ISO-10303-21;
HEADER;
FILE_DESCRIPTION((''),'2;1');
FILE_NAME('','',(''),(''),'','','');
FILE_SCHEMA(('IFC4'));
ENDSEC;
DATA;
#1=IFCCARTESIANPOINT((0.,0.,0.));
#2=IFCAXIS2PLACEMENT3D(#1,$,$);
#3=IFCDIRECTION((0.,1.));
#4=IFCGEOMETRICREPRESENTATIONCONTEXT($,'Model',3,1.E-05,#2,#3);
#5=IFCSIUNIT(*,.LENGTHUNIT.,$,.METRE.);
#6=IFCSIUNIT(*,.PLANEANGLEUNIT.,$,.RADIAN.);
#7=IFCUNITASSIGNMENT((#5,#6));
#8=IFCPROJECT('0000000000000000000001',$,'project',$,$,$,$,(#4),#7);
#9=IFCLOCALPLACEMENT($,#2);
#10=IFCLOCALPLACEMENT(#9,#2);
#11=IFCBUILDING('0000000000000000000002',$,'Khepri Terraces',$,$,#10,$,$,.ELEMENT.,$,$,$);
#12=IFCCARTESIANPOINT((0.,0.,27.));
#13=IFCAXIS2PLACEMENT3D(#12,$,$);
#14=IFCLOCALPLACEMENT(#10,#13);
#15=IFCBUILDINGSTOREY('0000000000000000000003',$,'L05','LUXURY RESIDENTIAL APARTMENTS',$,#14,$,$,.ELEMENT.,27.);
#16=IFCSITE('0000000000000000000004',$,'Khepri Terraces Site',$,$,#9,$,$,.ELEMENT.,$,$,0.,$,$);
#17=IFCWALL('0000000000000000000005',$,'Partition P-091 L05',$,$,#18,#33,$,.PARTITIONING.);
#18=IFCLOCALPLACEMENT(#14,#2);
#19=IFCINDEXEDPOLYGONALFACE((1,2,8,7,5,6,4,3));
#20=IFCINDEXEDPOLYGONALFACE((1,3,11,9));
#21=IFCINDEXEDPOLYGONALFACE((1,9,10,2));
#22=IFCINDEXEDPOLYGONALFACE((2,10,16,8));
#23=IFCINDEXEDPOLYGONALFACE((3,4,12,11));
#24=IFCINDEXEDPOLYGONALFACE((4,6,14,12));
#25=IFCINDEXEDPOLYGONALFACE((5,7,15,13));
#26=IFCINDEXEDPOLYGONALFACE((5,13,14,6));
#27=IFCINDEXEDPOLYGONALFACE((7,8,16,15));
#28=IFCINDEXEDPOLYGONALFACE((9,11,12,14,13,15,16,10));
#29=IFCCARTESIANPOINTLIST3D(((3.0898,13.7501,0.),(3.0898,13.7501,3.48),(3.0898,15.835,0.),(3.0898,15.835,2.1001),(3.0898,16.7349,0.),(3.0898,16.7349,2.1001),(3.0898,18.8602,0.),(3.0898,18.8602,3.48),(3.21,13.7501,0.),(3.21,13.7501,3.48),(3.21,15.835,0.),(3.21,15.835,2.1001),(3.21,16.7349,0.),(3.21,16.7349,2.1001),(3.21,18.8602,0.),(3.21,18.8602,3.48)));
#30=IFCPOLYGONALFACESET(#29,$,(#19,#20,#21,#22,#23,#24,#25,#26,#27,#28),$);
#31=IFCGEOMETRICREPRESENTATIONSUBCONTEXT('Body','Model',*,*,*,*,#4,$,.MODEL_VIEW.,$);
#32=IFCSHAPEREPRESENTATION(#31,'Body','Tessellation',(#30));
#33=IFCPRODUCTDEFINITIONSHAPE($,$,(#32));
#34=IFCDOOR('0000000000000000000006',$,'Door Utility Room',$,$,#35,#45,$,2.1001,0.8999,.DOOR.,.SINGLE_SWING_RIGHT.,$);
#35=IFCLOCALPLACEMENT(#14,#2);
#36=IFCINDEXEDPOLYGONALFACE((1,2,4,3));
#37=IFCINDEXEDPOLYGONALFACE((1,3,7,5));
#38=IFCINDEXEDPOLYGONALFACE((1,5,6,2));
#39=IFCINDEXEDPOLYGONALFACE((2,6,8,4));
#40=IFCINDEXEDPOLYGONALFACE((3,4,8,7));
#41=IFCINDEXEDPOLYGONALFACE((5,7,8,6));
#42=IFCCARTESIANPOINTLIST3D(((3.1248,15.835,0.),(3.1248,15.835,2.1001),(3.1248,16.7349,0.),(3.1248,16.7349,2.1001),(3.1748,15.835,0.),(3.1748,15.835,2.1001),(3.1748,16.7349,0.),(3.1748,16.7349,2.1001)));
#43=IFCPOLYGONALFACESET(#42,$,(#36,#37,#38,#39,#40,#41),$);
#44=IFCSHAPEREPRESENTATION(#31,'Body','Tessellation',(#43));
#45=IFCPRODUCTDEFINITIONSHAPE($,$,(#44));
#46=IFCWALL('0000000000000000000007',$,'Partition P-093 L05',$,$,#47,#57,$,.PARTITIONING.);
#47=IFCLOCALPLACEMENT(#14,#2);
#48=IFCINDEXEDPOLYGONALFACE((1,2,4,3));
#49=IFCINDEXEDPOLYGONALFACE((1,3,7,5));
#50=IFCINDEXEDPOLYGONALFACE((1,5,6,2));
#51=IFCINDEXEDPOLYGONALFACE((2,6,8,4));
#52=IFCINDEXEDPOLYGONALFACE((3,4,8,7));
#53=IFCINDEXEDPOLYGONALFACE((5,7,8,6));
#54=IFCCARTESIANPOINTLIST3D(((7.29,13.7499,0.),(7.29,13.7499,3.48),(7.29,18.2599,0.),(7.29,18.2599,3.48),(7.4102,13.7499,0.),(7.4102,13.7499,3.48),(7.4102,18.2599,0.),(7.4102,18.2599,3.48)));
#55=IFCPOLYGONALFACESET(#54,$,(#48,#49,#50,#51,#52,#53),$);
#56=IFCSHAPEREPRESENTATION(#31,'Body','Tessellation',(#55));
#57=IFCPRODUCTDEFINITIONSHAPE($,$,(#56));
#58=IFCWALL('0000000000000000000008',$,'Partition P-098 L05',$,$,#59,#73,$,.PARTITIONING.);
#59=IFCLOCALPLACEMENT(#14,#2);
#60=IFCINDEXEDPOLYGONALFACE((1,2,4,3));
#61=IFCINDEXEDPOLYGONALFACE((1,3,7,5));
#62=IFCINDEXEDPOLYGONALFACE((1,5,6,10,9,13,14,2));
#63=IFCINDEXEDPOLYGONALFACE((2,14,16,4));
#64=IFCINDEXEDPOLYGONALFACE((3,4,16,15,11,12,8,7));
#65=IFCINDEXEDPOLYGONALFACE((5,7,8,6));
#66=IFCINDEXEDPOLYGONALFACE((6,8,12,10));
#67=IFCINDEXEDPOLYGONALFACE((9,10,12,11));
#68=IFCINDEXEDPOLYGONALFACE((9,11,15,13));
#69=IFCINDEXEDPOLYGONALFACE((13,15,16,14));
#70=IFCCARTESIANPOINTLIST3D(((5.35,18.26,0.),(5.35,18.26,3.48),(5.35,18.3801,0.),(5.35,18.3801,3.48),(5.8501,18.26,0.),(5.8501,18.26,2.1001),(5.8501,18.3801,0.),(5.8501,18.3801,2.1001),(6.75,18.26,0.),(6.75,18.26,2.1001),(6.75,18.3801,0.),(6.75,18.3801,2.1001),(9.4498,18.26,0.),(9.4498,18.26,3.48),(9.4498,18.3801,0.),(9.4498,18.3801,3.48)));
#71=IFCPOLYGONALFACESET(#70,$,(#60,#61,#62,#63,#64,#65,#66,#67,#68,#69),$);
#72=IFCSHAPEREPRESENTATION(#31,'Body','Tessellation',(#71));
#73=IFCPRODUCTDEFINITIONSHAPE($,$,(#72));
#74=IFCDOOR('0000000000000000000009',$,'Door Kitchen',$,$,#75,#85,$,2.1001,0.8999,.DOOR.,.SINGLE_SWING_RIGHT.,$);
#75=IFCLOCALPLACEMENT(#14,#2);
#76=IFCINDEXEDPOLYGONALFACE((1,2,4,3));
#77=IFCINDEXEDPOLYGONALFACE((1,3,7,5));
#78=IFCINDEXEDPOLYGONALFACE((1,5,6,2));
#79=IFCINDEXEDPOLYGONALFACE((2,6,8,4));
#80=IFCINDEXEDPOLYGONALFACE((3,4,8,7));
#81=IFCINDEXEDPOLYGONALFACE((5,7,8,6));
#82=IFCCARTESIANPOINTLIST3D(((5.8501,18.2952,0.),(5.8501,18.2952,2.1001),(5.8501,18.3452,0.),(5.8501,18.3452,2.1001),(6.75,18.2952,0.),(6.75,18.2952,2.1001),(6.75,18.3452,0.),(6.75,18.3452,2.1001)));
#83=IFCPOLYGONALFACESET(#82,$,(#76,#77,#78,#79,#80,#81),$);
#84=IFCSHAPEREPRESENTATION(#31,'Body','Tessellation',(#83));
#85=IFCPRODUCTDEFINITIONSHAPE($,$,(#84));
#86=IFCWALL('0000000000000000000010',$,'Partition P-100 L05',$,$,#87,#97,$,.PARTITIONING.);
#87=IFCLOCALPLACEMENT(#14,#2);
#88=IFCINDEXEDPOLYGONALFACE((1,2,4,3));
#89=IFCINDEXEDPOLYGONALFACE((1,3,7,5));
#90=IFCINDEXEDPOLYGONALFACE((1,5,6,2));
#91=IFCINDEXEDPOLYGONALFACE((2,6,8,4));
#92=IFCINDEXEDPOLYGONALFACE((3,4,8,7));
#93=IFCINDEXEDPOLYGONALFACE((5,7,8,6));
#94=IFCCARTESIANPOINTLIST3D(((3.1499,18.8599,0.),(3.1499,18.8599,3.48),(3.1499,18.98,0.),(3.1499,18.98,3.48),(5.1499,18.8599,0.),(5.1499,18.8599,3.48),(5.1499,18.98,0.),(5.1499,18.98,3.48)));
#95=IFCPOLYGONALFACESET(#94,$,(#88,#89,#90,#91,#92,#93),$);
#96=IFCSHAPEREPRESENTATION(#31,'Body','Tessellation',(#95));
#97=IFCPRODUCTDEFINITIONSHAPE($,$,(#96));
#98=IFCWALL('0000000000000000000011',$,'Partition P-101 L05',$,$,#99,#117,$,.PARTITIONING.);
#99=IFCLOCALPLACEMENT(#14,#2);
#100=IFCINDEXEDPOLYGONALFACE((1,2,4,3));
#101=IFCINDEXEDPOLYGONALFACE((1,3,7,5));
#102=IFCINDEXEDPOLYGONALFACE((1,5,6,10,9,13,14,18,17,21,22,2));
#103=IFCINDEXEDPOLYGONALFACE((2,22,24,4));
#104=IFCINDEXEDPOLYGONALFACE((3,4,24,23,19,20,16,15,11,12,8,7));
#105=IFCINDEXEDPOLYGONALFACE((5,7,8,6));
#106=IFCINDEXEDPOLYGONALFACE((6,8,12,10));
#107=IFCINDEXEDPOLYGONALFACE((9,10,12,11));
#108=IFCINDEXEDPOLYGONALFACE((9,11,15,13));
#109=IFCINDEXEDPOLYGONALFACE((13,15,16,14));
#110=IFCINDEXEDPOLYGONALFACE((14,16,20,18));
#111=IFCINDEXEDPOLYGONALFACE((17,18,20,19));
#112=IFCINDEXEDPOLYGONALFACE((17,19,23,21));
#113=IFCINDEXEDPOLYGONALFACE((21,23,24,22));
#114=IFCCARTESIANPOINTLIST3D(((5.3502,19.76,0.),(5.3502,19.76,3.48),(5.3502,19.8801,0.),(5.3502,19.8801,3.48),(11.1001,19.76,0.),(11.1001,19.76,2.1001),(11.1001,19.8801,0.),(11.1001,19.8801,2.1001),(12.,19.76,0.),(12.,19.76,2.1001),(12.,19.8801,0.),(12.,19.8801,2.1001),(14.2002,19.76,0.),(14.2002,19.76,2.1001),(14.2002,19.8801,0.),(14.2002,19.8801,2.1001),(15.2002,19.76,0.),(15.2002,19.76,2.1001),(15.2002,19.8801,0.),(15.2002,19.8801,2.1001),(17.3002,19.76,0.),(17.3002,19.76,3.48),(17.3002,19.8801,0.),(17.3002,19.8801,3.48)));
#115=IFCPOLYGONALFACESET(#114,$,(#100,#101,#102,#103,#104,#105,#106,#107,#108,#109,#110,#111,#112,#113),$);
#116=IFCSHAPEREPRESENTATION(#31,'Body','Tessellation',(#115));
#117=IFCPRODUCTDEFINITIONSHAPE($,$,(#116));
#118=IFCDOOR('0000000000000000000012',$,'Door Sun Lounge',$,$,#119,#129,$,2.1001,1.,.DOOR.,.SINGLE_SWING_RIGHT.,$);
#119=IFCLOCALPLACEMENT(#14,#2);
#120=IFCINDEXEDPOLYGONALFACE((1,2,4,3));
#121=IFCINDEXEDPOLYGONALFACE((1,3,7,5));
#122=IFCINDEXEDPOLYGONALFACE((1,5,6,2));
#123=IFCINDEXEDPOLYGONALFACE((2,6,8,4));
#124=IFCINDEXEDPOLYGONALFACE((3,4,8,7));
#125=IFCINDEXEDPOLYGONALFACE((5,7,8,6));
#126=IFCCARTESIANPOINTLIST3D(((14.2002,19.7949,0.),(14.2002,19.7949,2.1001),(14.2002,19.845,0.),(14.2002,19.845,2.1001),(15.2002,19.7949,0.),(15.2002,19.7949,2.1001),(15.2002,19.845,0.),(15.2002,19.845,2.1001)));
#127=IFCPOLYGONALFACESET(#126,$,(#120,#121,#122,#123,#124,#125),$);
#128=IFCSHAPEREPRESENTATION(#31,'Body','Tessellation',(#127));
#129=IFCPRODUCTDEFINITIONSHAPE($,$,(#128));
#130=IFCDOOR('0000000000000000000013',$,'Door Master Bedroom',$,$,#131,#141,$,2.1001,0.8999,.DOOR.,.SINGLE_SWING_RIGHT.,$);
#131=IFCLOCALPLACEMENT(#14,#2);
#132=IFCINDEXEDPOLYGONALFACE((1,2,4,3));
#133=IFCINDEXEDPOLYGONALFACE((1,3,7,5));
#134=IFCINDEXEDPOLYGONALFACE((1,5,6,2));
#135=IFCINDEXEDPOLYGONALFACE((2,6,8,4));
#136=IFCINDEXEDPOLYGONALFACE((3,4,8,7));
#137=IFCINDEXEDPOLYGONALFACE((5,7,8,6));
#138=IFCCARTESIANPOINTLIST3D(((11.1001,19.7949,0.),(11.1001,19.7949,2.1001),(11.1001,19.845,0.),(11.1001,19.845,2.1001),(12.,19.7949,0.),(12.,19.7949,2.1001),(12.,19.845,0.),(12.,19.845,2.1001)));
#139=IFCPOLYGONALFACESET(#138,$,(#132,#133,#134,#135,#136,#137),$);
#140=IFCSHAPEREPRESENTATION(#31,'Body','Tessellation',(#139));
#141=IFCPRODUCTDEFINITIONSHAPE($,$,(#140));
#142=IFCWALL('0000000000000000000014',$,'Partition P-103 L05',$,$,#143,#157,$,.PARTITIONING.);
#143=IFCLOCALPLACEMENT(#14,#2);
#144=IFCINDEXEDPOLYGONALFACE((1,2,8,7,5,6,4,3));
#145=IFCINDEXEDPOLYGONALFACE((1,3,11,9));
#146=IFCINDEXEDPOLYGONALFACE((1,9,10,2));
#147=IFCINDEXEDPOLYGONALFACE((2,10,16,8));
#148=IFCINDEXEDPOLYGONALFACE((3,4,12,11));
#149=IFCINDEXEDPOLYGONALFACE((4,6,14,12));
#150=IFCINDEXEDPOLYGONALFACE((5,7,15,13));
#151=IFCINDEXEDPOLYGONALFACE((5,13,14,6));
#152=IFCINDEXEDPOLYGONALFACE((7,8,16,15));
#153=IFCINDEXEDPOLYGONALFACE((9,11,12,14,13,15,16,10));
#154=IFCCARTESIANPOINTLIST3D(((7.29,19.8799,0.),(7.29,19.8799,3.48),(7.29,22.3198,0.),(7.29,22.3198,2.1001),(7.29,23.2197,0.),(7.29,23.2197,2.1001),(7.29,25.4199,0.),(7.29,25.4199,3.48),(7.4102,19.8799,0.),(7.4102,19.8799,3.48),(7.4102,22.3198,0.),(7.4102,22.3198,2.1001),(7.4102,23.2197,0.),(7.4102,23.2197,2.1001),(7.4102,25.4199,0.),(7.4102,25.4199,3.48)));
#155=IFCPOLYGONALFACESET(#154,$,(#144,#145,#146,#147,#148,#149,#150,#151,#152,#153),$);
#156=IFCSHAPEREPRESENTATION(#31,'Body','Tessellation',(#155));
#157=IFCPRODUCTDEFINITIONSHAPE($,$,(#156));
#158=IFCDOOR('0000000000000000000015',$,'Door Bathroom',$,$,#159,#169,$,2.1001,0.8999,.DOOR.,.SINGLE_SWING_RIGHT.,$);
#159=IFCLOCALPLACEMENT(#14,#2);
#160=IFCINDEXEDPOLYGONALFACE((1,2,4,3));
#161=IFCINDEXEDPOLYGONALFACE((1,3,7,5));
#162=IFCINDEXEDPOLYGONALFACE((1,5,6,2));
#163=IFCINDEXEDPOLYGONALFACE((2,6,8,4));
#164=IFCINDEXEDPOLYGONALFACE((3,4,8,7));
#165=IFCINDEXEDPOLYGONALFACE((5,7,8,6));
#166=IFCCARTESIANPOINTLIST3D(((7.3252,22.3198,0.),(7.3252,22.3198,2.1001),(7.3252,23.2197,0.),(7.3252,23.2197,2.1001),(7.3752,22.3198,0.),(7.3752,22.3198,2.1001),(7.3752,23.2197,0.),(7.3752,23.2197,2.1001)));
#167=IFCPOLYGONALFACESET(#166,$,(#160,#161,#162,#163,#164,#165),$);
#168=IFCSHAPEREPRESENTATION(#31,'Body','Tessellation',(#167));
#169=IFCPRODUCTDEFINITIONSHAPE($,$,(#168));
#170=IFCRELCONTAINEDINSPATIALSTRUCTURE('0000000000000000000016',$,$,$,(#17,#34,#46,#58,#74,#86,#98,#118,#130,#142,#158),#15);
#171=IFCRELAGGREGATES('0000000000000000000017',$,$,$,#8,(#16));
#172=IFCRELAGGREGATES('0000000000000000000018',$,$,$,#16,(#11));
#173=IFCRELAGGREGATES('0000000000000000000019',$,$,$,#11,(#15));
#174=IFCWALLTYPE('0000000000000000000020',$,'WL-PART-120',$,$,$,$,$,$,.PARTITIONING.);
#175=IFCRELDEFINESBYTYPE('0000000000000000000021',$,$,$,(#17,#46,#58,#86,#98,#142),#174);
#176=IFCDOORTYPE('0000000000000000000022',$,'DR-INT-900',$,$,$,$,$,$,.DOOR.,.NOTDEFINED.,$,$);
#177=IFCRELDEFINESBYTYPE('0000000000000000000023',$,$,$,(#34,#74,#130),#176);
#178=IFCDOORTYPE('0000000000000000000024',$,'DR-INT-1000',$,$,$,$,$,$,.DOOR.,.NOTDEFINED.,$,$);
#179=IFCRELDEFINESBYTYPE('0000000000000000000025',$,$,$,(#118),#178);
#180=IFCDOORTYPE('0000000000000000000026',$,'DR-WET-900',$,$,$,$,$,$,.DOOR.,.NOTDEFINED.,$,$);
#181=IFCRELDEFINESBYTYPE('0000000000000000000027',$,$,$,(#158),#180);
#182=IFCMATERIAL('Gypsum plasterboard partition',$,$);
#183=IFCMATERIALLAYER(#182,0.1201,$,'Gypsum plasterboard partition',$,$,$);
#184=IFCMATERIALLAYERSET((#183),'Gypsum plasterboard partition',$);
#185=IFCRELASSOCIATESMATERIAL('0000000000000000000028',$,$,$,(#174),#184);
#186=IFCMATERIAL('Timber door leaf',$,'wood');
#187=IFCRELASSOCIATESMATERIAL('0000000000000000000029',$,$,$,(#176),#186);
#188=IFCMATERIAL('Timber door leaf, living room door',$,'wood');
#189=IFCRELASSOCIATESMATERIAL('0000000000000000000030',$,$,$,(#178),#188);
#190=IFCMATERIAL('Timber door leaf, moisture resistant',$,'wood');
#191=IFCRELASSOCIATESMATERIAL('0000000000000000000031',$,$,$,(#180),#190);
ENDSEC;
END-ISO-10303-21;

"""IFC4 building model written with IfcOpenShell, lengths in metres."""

from ifc_helpers import new_model, si_unit, direction, frame, frame_2d, origin, place, context, subcontext, project, spatial, rectangle, extrude, material, layer, layer_set, type_object, element, fill, save


model = new_model("IFC4")

# Units and contexts
model_context = context("Model", 3, precision=1e-05, world=origin(), true_north=direction((0.0, 1.0)))
body_context = subcontext(model_context, "Body", "Model", "MODEL_VIEW")
ifc_project = project(units=[si_unit("LENGTHUNIT", "METRE"), si_unit("PLANEANGLEUNIT", "RADIAN")], contexts=[model_context])

# Site, building, storey
site_placement = place(None, origin())
site = spatial("IfcSite", under=ifc_project, at=site_placement, Name="Khepri Terraces Site", CompositionType="ELEMENT", RefElevation=0.0)
building_placement = place(site_placement, origin())
building = spatial("IfcBuilding", under=site, at=building_placement, Name="Khepri Terraces", CompositionType="ELEMENT")
storey_placement = place(building_placement, frame((0.0, 0.0, 27.0)))
storey = spatial("IfcBuildingStorey", under=building, at=storey_placement, Name="L05", Description="LUXURY RESIDENTIAL APARTMENTS", CompositionType="ELEMENT", Elevation=27.0)

# Wall, opening, door
ifc_material_1 = material(Name="Gypsum plasterboard partition")
ifc_layer_1 = layer(ifc_material_1, 0.1201, Name="Gypsum plasterboard partition")
ifc_layer_set_1 = layer_set([ifc_layer_1], Name="Gypsum plasterboard partition")
wall_type_1 = type_object("IfcWallType", Name="WL-PART-120", PredefinedType="PARTITIONING", material=ifc_layer_set_1)
wall_1_placement = place(storey_placement, frame((3.1499, 13.75, 0.0), z_axis=(0.0, 0.0, 1.0), x_axis=(0.0, 1.0, 0.0)))
wall_1 = element("IfcWall", 1, at=wall_1_placement, inside=storey, type_object=wall_type_1, Name="Partition P-091 L05", PredefinedType="PARTITIONING", context=body_context, shape_type="SweptSolid", body=[
    extrude(rectangle(XDim=5.1101, YDim=0.1201, at=frame_2d((2.5552, 0.0))), origin(), (0.0, 0.0, 1.0), 3.48),
])
opening_1_placement = place(wall_1_placement, frame((2.085, 0.0, 0.0)))
opening_1 = element("IfcOpeningElement", 2, at=opening_1_placement, cuts=wall_1, PredefinedType="OPENING", context=body_context, shape_type="SweptSolid", body=[
    extrude(rectangle(XDim=0.8999, YDim=2.1001, at=frame_2d((0.45, 1.05))), frame((0.0, 0.0701, 0.0), z_axis=(0.0, -1.0, 0.0), x_axis=(1.0, 0.0, 0.0)), (0.0, 0.0, 1.0), 0.1401),
])
ifc_material_2 = material(Name="Timber door leaf", Category="wood")
door_type_1 = type_object("IfcDoorType", Name="DR-INT-900", OperationType="NOTDEFINED", PredefinedType="DOOR", material=ifc_material_2)
door_1_placement = place(opening_1_placement, frame((0.8999, 0.0, 0.0), z_axis=(0.0, 0.0, 1.0), x_axis=(-1.0, 0.0, 0.0)))
door_1 = element("IfcDoor", 3, at=door_1_placement, inside=storey, type_object=door_type_1, Name="Door Utility Room", OperationType="SINGLE_SWING_RIGHT", OverallHeight=2.1001, OverallWidth=0.8999, PredefinedType="DOOR", context=body_context, shape_type="SweptSolid", body=[
    extrude(rectangle(XDim=0.8999, YDim=2.1001, at=frame_2d((0.45, 1.05))), frame((0.0, 0.0249, 0.0), z_axis=(0.0, -1.0, 0.0), x_axis=(1.0, 0.0, 0.0)), (0.0, 0.0, 1.0), 0.05),
])
fill(opening_1, door_1)

# Wall
wall_2_placement = place(storey_placement, frame((7.3501, 13.75, 0.0), z_axis=(0.0, 0.0, 1.0), x_axis=(0.0, 1.0, 0.0)))
element("IfcWall", 4, at=wall_2_placement, inside=storey, type_object=wall_type_1, Name="Partition P-093 L05", PredefinedType="PARTITIONING", context=body_context, shape_type="SweptSolid", body=[
    extrude(rectangle(XDim=4.51, YDim=0.1201, at=frame_2d((2.2549, 0.0))), origin(), (0.0, 0.0, 1.0), 3.48),
])

# Wall, opening, door
wall_3_placement = place(storey_placement, frame((5.3501, 18.3201, 0.0), z_axis=(0.0, 0.0, 1.0), x_axis=(1.0, 0.0, 0.0)))
wall_3 = element("IfcWall", 5, at=wall_3_placement, inside=storey, type_object=wall_type_1, Name="Partition P-098 L05", PredefinedType="PARTITIONING", context=body_context, shape_type="SweptSolid", body=[
    extrude(rectangle(XDim=4.0999, YDim=0.1201, at=frame_2d((2.0498, 0.0))), origin(), (0.0, 0.0, 1.0), 3.48),
])
opening_2_placement = place(wall_3_placement, frame((0.5, 0.0, 0.0)))
opening_2 = element("IfcOpeningElement", 6, at=opening_2_placement, cuts=wall_3, PredefinedType="OPENING", context=body_context, shape_type="SweptSolid", body=[
    extrude(rectangle(XDim=0.8999, YDim=2.1001, at=frame_2d((0.45, 1.05))), frame((0.0, 0.0701, 0.0), z_axis=(0.0, -1.0, 0.0), x_axis=(1.0, 0.0, 0.0)), (0.0, 0.0, 1.0), 0.1401),
])
door_2_placement = place(opening_2_placement, frame((0.8999, 0.0, 0.0), z_axis=(0.0, 0.0, 1.0), x_axis=(-1.0, 0.0, 0.0)))
door_2 = element("IfcDoor", 7, at=door_2_placement, inside=storey, type_object=door_type_1, Name="Door Kitchen", OperationType="SINGLE_SWING_RIGHT", OverallHeight=2.1001, OverallWidth=0.8999, PredefinedType="DOOR", context=body_context, shape_type="SweptSolid", body=[
    extrude(rectangle(XDim=0.8999, YDim=2.1001, at=frame_2d((0.45, 1.05))), frame((0.0, 0.0249, 0.0), z_axis=(0.0, -1.0, 0.0), x_axis=(1.0, 0.0, 0.0)), (0.0, 0.0, 1.0), 0.05),
])
fill(opening_2, door_2)

# Wall
wall_4_placement = place(storey_placement, frame((3.1499, 18.9199, 0.0), z_axis=(0.0, 0.0, 1.0), x_axis=(1.0, 0.0, 0.0)))
element("IfcWall", 8, at=wall_4_placement, inside=storey, type_object=wall_type_1, Name="Partition P-100 L05", PredefinedType="PARTITIONING", context=body_context, shape_type="SweptSolid", body=[
    extrude(rectangle(XDim=2.0, YDim=0.1201, at=frame_2d((1.0, 0.0))), origin(), (0.0, 0.0, 1.0), 3.48),
])

# Wall, openings, doors
wall_5_placement = place(storey_placement, frame((5.3501, 19.8201, 0.0), z_axis=(0.0, 0.0, 1.0), x_axis=(1.0, 0.0, 0.0)))
wall_5 = element("IfcWall", 9, at=wall_5_placement, inside=storey, type_object=wall_type_1, Name="Partition P-101 L05", PredefinedType="PARTITIONING", context=body_context, shape_type="SweptSolid", body=[
    extrude(rectangle(XDim=11.95, YDim=0.1201, at=frame_2d((5.9751, 0.0))), origin(), (0.0, 0.0, 1.0), 3.48),
])
opening_3_placement = place(wall_5_placement, frame((8.8501, 0.0, 0.0)))
opening_3 = element("IfcOpeningElement", 10, at=opening_3_placement, cuts=wall_5, PredefinedType="OPENING", context=body_context, shape_type="SweptSolid", body=[
    extrude(rectangle(XDim=1.0, YDim=2.1001, at=frame_2d((0.5, 1.05))), frame((0.0, 0.0701, 0.0), z_axis=(0.0, -1.0, 0.0), x_axis=(1.0, 0.0, 0.0)), (0.0, 0.0, 1.0), 0.1401),
])
opening_4_placement = place(wall_5_placement, frame((5.75, 0.0, 0.0)))
opening_4 = element("IfcOpeningElement", 11, at=opening_4_placement, cuts=wall_5, PredefinedType="OPENING", context=body_context, shape_type="SweptSolid", body=[
    extrude(rectangle(XDim=0.8999, YDim=2.1001, at=frame_2d((0.45, 1.05))), frame((0.0, 0.0701, 0.0), z_axis=(0.0, -1.0, 0.0), x_axis=(1.0, 0.0, 0.0)), (0.0, 0.0, 1.0), 0.1401),
])
ifc_material_3 = material(Name="Timber door leaf, living room door", Category="wood")
door_type_2 = type_object("IfcDoorType", Name="DR-INT-1000", OperationType="NOTDEFINED", PredefinedType="DOOR", material=ifc_material_3)
door_3_placement = place(opening_3_placement, origin())
door_3 = element("IfcDoor", 12, at=door_3_placement, inside=storey, type_object=door_type_2, Name="Door Sun Lounge", OperationType="SINGLE_SWING_RIGHT", OverallHeight=2.1001, OverallWidth=1.0, PredefinedType="DOOR", context=body_context, shape_type="SweptSolid", body=[
    extrude(rectangle(XDim=1.0, YDim=2.1001, at=frame_2d((0.5, 1.05))), frame((0.0, 0.0249, 0.0), z_axis=(0.0, -1.0, 0.0), x_axis=(1.0, 0.0, 0.0)), (0.0, 0.0, 1.0), 0.05),
])
fill(opening_3, door_3)
door_4_placement = place(opening_4_placement, origin())
door_4 = element("IfcDoor", 13, at=door_4_placement, inside=storey, type_object=door_type_1, Name="Door Master Bedroom", OperationType="SINGLE_SWING_RIGHT", OverallHeight=2.1001, OverallWidth=0.8999, PredefinedType="DOOR", context=body_context, shape_type="SweptSolid", body=[
    extrude(rectangle(XDim=0.8999, YDim=2.1001, at=frame_2d((0.45, 1.05))), frame((0.0, 0.0249, 0.0), z_axis=(0.0, -1.0, 0.0), x_axis=(1.0, 0.0, 0.0)), (0.0, 0.0, 1.0), 0.05),
])
fill(opening_4, door_4)

# Wall, opening, door
wall_6_placement = place(storey_placement, frame((7.3501, 19.8799, 0.0), z_axis=(0.0, 0.0, 1.0), x_axis=(0.0, 1.0, 0.0)))
wall_6 = element("IfcWall", 14, at=wall_6_placement, inside=storey, type_object=wall_type_1, Name="Partition P-103 L05", PredefinedType="PARTITIONING", context=body_context, shape_type="SweptSolid", body=[
    extrude(rectangle(XDim=5.54, YDim=0.1201, at=frame_2d((2.77, 0.0))), origin(), (0.0, 0.0, 1.0), 3.48),
])
opening_5_placement = place(wall_6_placement, frame((2.4399, 0.0, 0.0)))
opening_5 = element("IfcOpeningElement", 15, at=opening_5_placement, cuts=wall_6, PredefinedType="OPENING", context=body_context, shape_type="SweptSolid", body=[
    extrude(rectangle(XDim=0.8999, YDim=2.1001, at=frame_2d((0.45, 1.05))), frame((0.0, 0.0701, 0.0), z_axis=(0.0, -1.0, 0.0), x_axis=(1.0, 0.0, 0.0)), (0.0, 0.0, 1.0), 0.1401),
])
ifc_material_4 = material(Name="Timber door leaf, moisture resistant", Category="wood")
door_type_3 = type_object("IfcDoorType", Name="DR-WET-900", OperationType="NOTDEFINED", PredefinedType="DOOR", material=ifc_material_4)
door_5_placement = place(opening_5_placement, origin())
door_5 = element("IfcDoor", 16, at=door_5_placement, inside=storey, type_object=door_type_3, Name="Door Bathroom", OperationType="SINGLE_SWING_RIGHT", OverallHeight=2.1001, OverallWidth=0.8999, PredefinedType="DOOR", context=body_context, shape_type="SweptSolid", body=[
    extrude(rectangle(XDim=0.8999, YDim=2.1001, at=frame_2d((0.45, 1.05))), frame((0.0, 0.0249, 0.0), z_axis=(0.0, -1.0, 0.0), x_axis=(1.0, 0.0, 0.0)), (0.0, 0.0, 1.0), 0.05),
])
fill(opening_5, door_5)

save(model, "model.ifc")
